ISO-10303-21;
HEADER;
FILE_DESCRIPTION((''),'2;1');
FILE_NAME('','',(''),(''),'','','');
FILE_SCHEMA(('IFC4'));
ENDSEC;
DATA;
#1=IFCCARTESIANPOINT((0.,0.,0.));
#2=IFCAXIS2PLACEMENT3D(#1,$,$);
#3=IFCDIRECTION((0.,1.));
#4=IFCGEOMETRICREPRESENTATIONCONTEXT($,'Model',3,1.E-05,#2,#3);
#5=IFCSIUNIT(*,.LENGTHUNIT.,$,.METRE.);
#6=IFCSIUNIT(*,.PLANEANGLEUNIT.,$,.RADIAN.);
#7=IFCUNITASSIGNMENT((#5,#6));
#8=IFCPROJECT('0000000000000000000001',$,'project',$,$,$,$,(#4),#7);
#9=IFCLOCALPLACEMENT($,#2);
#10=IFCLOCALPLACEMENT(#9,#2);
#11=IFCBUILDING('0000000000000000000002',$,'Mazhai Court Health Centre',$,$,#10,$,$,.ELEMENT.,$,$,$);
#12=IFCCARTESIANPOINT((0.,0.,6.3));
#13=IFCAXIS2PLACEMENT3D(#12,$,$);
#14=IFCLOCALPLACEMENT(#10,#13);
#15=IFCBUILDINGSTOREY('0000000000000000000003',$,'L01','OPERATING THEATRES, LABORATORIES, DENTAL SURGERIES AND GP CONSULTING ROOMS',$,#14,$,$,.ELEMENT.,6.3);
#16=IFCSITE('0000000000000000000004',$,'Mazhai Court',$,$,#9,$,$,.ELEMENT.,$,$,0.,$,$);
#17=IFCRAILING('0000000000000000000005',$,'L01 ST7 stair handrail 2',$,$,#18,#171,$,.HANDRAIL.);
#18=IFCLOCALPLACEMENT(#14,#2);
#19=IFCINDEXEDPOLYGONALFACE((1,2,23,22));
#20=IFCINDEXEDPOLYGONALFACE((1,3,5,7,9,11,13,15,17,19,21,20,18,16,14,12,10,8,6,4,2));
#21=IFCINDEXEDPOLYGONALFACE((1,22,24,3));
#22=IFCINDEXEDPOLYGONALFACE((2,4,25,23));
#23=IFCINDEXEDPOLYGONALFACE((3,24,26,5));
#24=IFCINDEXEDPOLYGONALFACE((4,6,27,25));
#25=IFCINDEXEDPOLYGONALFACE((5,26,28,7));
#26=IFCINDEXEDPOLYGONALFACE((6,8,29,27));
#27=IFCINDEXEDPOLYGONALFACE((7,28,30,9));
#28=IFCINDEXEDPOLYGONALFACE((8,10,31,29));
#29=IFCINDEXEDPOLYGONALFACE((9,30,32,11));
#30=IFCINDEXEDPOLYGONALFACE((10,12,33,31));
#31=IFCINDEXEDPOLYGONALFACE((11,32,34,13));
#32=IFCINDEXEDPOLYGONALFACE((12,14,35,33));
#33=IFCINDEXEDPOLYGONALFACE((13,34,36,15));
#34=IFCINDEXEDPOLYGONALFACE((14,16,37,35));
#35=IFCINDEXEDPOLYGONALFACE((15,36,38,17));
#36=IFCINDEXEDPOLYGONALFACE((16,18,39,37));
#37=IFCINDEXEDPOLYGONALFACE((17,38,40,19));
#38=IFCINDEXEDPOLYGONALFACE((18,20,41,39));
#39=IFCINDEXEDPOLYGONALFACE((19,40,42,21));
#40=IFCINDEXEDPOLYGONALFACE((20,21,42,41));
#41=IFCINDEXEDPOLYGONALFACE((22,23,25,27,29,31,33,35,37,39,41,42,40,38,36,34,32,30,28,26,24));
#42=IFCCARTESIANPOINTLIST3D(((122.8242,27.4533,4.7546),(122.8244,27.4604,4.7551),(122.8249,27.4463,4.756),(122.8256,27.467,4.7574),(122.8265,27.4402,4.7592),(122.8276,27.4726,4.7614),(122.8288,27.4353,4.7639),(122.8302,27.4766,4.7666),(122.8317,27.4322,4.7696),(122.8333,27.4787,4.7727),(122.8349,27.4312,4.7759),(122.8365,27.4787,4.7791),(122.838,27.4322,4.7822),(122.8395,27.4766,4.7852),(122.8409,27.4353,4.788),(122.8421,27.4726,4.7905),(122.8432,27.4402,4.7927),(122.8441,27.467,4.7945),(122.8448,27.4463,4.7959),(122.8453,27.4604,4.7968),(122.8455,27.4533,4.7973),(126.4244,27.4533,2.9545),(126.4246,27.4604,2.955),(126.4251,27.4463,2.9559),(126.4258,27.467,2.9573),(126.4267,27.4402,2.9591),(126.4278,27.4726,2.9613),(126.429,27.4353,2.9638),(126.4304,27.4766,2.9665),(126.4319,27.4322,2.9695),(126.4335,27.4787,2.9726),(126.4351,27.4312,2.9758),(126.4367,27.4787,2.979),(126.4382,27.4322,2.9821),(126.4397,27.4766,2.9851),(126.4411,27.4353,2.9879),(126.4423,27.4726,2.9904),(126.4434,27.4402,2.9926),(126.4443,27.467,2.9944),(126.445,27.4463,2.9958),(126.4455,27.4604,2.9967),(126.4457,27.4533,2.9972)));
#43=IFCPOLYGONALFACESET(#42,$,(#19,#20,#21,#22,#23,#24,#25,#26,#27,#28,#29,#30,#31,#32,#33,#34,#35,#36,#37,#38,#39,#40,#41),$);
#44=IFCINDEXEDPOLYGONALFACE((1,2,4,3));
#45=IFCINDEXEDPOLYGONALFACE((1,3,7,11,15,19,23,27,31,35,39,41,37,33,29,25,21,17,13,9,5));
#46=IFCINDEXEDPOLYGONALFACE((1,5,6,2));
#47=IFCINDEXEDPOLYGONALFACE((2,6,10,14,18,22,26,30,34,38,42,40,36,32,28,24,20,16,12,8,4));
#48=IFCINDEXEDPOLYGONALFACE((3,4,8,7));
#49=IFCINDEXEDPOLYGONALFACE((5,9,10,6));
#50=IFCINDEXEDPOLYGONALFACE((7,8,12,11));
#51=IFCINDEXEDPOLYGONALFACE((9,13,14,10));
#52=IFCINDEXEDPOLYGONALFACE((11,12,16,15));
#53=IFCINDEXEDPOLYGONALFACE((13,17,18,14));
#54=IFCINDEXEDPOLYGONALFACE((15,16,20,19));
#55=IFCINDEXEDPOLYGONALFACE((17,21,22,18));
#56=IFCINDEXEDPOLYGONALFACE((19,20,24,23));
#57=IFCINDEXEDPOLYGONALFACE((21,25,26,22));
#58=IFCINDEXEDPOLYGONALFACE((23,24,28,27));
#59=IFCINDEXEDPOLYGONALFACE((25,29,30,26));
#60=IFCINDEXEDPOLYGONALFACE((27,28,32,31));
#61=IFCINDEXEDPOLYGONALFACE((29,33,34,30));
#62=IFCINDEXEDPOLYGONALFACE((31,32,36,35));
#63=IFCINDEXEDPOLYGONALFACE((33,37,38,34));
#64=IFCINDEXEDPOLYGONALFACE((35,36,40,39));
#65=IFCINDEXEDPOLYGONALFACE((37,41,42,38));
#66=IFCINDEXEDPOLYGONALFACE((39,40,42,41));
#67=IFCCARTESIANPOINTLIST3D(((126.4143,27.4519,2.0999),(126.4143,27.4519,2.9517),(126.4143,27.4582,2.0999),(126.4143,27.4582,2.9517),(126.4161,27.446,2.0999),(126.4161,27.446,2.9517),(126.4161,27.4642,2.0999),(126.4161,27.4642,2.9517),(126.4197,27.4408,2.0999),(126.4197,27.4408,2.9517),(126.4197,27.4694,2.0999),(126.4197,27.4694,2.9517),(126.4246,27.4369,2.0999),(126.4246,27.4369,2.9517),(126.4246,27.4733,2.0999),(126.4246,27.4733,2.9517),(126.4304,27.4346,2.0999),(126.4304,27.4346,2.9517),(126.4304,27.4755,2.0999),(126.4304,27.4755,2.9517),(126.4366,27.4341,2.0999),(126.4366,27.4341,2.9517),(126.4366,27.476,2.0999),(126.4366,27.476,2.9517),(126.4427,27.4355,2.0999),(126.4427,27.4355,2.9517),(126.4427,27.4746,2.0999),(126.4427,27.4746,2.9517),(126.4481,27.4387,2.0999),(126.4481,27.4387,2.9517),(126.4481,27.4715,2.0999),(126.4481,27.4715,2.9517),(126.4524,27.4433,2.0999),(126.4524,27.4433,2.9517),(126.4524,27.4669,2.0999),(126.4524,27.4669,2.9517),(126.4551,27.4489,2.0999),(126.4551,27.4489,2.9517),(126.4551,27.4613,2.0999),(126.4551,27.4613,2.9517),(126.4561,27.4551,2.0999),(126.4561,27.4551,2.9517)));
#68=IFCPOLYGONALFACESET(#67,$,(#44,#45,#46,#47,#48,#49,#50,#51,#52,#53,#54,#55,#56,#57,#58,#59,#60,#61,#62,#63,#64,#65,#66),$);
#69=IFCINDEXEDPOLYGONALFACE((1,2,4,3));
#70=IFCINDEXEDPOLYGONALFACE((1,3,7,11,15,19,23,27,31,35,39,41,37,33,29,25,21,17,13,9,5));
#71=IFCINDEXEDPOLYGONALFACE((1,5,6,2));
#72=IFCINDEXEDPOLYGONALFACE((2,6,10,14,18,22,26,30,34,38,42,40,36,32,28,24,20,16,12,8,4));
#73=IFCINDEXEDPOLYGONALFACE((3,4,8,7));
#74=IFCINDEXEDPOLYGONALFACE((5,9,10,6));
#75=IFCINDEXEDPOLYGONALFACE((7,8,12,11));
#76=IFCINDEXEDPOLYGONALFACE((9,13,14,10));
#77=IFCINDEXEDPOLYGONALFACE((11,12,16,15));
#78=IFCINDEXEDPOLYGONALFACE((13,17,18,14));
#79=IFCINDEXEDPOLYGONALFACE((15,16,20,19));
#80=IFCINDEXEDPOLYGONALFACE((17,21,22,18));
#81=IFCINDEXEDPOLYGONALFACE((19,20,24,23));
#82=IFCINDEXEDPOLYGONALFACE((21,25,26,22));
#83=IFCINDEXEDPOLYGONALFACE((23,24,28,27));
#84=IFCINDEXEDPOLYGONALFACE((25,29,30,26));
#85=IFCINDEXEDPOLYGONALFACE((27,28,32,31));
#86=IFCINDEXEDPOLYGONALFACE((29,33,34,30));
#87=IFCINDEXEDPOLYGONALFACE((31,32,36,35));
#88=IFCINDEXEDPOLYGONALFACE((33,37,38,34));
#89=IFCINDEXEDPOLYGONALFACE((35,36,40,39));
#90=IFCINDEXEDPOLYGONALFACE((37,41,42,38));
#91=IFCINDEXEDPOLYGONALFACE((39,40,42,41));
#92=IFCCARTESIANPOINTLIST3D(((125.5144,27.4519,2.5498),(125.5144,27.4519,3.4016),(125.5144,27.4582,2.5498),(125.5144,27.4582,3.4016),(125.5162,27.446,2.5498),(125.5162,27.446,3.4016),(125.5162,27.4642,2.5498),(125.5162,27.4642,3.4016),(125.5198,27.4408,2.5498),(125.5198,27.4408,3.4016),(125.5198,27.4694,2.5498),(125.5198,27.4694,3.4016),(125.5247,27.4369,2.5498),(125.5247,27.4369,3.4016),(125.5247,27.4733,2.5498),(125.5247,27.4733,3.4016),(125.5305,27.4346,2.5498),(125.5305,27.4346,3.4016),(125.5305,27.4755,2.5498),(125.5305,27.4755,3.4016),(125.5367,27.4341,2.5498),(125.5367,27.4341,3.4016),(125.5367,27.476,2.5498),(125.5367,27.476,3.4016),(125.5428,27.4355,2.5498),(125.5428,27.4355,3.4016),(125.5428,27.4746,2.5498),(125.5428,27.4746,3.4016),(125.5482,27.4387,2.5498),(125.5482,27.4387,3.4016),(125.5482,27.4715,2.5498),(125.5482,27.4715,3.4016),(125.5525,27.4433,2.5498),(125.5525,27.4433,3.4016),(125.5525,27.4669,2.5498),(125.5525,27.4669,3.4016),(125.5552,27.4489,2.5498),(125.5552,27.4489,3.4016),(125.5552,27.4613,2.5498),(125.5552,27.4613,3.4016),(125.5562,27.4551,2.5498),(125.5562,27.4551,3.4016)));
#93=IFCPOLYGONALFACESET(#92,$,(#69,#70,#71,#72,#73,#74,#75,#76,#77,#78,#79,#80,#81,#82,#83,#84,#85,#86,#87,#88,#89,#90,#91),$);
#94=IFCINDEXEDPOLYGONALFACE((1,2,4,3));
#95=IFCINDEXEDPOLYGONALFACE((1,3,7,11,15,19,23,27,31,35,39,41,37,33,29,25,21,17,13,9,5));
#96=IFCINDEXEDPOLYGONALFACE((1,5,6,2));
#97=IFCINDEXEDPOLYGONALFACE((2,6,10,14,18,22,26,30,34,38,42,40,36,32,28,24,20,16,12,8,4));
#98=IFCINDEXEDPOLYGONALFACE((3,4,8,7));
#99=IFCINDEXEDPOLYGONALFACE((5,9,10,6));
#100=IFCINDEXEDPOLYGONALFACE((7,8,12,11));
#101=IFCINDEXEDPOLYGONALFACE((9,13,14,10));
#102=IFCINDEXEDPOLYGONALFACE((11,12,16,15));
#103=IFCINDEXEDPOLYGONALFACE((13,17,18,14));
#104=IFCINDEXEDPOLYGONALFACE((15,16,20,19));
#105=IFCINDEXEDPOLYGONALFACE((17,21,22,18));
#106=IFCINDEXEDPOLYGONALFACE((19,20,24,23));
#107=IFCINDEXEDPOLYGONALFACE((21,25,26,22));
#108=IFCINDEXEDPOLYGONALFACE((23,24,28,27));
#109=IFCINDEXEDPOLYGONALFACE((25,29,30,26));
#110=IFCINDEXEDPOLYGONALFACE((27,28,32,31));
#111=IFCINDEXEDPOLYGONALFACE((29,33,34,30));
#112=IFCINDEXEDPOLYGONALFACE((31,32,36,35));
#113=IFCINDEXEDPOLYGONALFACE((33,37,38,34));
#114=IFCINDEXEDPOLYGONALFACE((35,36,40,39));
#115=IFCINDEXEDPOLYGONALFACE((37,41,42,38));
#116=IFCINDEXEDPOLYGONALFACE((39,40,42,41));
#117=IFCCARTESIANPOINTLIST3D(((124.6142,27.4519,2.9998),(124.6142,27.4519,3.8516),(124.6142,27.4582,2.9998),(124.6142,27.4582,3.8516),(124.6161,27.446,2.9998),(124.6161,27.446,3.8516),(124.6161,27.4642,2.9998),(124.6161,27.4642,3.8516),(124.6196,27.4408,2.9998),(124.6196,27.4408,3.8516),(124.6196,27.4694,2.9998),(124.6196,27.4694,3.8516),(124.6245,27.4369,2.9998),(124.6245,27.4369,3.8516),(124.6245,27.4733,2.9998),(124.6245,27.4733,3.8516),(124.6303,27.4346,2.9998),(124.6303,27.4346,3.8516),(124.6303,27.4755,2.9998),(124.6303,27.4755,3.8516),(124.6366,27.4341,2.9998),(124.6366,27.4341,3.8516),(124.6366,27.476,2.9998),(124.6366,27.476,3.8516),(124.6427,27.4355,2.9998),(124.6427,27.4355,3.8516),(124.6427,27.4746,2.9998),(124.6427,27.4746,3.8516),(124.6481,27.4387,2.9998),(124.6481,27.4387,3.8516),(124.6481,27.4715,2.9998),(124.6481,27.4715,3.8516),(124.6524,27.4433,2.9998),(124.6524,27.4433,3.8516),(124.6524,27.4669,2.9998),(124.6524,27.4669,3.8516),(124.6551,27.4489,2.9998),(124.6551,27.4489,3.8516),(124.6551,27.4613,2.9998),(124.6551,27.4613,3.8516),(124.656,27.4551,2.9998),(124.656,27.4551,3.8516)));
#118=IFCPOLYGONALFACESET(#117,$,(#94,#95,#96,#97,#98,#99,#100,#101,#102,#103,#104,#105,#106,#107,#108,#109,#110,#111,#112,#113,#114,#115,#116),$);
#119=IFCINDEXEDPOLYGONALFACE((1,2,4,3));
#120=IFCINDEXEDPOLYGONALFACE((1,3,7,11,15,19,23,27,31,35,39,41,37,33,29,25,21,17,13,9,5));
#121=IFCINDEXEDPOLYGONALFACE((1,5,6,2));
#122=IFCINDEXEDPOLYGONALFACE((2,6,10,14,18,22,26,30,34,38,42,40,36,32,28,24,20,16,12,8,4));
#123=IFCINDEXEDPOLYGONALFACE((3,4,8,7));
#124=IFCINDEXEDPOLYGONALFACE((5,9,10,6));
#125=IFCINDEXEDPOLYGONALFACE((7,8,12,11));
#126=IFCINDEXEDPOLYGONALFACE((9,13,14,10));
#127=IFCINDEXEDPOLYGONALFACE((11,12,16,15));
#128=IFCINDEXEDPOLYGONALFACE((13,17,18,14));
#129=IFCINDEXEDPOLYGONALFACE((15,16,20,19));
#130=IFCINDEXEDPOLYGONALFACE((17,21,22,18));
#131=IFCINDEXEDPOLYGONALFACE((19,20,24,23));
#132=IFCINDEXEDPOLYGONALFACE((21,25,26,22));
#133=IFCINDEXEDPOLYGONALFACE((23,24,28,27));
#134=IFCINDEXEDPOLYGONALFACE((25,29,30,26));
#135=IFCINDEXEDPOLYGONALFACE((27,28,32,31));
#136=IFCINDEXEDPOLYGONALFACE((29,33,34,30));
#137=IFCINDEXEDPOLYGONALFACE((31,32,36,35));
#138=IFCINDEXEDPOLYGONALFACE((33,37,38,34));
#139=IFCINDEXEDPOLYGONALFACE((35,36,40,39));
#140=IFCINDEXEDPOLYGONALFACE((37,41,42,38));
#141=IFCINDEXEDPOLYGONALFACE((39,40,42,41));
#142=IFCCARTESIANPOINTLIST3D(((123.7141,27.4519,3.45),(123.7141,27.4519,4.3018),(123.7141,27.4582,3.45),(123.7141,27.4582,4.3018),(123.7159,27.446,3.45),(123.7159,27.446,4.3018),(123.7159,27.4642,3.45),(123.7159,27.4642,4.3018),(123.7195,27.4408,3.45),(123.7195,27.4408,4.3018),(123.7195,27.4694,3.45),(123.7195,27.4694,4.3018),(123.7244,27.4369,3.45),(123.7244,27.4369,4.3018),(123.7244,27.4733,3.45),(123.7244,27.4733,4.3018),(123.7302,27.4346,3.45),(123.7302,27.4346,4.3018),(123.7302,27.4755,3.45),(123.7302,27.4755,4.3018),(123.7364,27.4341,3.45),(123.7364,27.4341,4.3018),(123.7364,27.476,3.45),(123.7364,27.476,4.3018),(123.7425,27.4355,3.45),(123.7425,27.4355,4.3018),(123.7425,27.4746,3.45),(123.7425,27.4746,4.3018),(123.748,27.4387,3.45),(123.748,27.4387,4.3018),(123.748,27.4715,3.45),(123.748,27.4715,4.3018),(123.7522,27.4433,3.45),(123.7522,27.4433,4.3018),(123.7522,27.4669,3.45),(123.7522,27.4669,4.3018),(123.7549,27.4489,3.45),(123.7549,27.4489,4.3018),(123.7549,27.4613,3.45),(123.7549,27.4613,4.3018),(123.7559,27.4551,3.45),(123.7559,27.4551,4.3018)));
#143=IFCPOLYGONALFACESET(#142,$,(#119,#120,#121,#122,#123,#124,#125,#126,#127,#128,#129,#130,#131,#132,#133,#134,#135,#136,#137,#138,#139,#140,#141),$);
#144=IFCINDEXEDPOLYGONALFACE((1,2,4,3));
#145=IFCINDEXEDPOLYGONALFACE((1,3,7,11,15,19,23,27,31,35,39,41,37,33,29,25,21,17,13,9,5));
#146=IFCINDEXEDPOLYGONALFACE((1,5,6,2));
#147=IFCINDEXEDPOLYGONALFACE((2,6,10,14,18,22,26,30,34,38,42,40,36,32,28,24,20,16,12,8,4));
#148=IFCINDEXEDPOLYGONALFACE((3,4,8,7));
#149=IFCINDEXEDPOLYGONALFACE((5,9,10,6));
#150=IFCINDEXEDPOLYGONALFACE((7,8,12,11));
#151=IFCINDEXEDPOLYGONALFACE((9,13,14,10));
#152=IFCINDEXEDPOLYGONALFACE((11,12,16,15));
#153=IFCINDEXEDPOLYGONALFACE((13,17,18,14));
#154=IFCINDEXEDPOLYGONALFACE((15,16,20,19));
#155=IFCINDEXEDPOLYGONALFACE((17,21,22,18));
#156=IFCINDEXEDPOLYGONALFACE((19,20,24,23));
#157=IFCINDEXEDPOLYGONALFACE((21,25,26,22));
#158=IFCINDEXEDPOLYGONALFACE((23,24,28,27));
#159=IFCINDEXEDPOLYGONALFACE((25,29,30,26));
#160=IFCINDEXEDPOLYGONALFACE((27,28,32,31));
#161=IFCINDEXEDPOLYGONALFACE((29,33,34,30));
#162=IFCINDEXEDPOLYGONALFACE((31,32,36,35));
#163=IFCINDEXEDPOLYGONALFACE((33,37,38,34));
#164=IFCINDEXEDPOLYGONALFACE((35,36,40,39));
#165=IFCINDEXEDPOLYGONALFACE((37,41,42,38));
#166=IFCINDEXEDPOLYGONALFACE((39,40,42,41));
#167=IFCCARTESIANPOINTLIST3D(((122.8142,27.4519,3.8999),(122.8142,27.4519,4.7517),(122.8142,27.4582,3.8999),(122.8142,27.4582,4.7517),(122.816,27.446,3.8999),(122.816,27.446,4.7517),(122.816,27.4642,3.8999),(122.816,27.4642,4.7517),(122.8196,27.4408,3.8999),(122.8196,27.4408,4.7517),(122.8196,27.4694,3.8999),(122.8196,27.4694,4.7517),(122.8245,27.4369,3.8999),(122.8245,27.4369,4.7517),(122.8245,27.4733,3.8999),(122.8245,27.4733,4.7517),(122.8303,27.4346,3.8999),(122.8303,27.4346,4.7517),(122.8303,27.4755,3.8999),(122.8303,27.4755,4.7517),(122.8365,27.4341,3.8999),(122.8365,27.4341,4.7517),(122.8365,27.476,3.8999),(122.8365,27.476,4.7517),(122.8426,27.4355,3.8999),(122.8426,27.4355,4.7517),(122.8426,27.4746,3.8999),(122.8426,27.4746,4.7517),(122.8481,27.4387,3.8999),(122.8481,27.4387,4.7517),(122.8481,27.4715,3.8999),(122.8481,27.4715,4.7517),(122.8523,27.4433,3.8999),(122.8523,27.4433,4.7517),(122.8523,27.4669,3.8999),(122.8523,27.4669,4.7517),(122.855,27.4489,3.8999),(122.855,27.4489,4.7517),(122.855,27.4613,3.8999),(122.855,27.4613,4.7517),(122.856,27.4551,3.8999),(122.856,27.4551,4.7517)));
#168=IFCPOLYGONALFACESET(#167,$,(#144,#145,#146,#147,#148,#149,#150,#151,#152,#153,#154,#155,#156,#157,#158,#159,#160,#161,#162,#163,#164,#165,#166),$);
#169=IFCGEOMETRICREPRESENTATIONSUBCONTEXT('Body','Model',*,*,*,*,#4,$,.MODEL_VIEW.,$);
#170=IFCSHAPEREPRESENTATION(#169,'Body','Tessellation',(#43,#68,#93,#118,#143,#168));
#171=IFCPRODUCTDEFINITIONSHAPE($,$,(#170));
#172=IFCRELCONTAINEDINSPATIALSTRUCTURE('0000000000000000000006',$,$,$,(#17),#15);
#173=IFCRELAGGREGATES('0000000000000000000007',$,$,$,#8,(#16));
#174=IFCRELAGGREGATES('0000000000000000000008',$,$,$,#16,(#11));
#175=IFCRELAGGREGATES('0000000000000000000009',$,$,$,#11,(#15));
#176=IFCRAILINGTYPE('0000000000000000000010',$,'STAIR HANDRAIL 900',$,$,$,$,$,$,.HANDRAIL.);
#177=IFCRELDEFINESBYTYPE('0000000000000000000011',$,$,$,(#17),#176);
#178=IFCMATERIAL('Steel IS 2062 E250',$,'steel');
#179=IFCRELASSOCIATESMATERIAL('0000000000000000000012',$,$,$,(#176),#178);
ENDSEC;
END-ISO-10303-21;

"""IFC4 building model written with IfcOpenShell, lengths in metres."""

from ifc_helpers import new_model, si_unit, direction, frame, origin, origin_2d, place, context, subcontext, project, spatial, circle, extrude, material, type_object, element, save


model = new_model("IFC4")

# Units and contexts
model_context = context("Model", 3, precision=1e-05, world=origin(), true_north=direction((0.0, 1.0)))
body_context = subcontext(model_context, "Body", "Model", "MODEL_VIEW")
ifc_project = project(units=[si_unit("LENGTHUNIT", "METRE"), si_unit("PLANEANGLEUNIT", "RADIAN")], contexts=[model_context])

# Site, building, storey
site_placement = place(None, origin())
site = spatial("IfcSite", under=ifc_project, at=site_placement, Name="Mazhai Court", CompositionType="ELEMENT", RefElevation=0.0)
building_placement = place(site_placement, origin())
building = spatial("IfcBuilding", under=site, at=building_placement, Name="Mazhai Court Health Centre", CompositionType="ELEMENT")
storey_placement = place(building_placement, frame((0.0, 0.0, 6.3)))
storey = spatial("IfcBuildingStorey", under=building, at=storey_placement, Name="L01", Description="OPERATING THEATRES, LABORATORIES, DENTAL SURGERIES AND GP CONSULTING ROOMS", CompositionType="ELEMENT", Elevation=6.3)

# Railing
ifc_material_1 = material(Name="Steel IS 2062 E250", Category="steel")
railing_type_1 = type_object("IfcRailingType", Name="STAIR HANDRAIL 900", PredefinedType="HANDRAIL", material=ifc_material_1)
railing_1_placement = place(storey_placement, frame((126.4351, 27.4551, 2.0999)))
element("IfcRailing", 1, at=railing_1_placement, inside=storey, type_object=railing_type_1, Name="L01 ST7 stair handrail 2", PredefinedType="HANDRAIL", context=body_context, shape_type="SweptSolid", body=[
    extrude(circle(Radius=0.0239, at=origin_2d()), frame((0.0, 0.0, 0.876), z_axis=(-0.894427, 0.0, 0.447214), x_axis=(0.0, -1.0, 0.0)), (0.0, 0.0, 1.0), 4.0251),
    extrude(circle(Radius=0.021, at=origin_2d()), origin(), (0.0, 0.0, 1.0), 0.8518),
    extrude(circle(Radius=0.021, at=origin_2d()), frame((-0.8999, 0.0, 0.45)), (0.0, 0.0, 1.0), 0.8518),
    extrude(circle(Radius=0.021, at=origin_2d()), frame((-1.8, 0.0, 0.8999)), (0.0, 0.0, 1.0), 0.8518),
    extrude(circle(Radius=0.021, at=origin_2d()), frame((-2.7002, 0.0, 1.3501)), (0.0, 0.0, 1.0), 0.8518),
    extrude(circle(Radius=0.021, at=origin_2d()), frame((-3.6001, 0.0, 1.8)), (0.0, 0.0, 1.0), 0.8518),
])

save(model, "model.ifc")
